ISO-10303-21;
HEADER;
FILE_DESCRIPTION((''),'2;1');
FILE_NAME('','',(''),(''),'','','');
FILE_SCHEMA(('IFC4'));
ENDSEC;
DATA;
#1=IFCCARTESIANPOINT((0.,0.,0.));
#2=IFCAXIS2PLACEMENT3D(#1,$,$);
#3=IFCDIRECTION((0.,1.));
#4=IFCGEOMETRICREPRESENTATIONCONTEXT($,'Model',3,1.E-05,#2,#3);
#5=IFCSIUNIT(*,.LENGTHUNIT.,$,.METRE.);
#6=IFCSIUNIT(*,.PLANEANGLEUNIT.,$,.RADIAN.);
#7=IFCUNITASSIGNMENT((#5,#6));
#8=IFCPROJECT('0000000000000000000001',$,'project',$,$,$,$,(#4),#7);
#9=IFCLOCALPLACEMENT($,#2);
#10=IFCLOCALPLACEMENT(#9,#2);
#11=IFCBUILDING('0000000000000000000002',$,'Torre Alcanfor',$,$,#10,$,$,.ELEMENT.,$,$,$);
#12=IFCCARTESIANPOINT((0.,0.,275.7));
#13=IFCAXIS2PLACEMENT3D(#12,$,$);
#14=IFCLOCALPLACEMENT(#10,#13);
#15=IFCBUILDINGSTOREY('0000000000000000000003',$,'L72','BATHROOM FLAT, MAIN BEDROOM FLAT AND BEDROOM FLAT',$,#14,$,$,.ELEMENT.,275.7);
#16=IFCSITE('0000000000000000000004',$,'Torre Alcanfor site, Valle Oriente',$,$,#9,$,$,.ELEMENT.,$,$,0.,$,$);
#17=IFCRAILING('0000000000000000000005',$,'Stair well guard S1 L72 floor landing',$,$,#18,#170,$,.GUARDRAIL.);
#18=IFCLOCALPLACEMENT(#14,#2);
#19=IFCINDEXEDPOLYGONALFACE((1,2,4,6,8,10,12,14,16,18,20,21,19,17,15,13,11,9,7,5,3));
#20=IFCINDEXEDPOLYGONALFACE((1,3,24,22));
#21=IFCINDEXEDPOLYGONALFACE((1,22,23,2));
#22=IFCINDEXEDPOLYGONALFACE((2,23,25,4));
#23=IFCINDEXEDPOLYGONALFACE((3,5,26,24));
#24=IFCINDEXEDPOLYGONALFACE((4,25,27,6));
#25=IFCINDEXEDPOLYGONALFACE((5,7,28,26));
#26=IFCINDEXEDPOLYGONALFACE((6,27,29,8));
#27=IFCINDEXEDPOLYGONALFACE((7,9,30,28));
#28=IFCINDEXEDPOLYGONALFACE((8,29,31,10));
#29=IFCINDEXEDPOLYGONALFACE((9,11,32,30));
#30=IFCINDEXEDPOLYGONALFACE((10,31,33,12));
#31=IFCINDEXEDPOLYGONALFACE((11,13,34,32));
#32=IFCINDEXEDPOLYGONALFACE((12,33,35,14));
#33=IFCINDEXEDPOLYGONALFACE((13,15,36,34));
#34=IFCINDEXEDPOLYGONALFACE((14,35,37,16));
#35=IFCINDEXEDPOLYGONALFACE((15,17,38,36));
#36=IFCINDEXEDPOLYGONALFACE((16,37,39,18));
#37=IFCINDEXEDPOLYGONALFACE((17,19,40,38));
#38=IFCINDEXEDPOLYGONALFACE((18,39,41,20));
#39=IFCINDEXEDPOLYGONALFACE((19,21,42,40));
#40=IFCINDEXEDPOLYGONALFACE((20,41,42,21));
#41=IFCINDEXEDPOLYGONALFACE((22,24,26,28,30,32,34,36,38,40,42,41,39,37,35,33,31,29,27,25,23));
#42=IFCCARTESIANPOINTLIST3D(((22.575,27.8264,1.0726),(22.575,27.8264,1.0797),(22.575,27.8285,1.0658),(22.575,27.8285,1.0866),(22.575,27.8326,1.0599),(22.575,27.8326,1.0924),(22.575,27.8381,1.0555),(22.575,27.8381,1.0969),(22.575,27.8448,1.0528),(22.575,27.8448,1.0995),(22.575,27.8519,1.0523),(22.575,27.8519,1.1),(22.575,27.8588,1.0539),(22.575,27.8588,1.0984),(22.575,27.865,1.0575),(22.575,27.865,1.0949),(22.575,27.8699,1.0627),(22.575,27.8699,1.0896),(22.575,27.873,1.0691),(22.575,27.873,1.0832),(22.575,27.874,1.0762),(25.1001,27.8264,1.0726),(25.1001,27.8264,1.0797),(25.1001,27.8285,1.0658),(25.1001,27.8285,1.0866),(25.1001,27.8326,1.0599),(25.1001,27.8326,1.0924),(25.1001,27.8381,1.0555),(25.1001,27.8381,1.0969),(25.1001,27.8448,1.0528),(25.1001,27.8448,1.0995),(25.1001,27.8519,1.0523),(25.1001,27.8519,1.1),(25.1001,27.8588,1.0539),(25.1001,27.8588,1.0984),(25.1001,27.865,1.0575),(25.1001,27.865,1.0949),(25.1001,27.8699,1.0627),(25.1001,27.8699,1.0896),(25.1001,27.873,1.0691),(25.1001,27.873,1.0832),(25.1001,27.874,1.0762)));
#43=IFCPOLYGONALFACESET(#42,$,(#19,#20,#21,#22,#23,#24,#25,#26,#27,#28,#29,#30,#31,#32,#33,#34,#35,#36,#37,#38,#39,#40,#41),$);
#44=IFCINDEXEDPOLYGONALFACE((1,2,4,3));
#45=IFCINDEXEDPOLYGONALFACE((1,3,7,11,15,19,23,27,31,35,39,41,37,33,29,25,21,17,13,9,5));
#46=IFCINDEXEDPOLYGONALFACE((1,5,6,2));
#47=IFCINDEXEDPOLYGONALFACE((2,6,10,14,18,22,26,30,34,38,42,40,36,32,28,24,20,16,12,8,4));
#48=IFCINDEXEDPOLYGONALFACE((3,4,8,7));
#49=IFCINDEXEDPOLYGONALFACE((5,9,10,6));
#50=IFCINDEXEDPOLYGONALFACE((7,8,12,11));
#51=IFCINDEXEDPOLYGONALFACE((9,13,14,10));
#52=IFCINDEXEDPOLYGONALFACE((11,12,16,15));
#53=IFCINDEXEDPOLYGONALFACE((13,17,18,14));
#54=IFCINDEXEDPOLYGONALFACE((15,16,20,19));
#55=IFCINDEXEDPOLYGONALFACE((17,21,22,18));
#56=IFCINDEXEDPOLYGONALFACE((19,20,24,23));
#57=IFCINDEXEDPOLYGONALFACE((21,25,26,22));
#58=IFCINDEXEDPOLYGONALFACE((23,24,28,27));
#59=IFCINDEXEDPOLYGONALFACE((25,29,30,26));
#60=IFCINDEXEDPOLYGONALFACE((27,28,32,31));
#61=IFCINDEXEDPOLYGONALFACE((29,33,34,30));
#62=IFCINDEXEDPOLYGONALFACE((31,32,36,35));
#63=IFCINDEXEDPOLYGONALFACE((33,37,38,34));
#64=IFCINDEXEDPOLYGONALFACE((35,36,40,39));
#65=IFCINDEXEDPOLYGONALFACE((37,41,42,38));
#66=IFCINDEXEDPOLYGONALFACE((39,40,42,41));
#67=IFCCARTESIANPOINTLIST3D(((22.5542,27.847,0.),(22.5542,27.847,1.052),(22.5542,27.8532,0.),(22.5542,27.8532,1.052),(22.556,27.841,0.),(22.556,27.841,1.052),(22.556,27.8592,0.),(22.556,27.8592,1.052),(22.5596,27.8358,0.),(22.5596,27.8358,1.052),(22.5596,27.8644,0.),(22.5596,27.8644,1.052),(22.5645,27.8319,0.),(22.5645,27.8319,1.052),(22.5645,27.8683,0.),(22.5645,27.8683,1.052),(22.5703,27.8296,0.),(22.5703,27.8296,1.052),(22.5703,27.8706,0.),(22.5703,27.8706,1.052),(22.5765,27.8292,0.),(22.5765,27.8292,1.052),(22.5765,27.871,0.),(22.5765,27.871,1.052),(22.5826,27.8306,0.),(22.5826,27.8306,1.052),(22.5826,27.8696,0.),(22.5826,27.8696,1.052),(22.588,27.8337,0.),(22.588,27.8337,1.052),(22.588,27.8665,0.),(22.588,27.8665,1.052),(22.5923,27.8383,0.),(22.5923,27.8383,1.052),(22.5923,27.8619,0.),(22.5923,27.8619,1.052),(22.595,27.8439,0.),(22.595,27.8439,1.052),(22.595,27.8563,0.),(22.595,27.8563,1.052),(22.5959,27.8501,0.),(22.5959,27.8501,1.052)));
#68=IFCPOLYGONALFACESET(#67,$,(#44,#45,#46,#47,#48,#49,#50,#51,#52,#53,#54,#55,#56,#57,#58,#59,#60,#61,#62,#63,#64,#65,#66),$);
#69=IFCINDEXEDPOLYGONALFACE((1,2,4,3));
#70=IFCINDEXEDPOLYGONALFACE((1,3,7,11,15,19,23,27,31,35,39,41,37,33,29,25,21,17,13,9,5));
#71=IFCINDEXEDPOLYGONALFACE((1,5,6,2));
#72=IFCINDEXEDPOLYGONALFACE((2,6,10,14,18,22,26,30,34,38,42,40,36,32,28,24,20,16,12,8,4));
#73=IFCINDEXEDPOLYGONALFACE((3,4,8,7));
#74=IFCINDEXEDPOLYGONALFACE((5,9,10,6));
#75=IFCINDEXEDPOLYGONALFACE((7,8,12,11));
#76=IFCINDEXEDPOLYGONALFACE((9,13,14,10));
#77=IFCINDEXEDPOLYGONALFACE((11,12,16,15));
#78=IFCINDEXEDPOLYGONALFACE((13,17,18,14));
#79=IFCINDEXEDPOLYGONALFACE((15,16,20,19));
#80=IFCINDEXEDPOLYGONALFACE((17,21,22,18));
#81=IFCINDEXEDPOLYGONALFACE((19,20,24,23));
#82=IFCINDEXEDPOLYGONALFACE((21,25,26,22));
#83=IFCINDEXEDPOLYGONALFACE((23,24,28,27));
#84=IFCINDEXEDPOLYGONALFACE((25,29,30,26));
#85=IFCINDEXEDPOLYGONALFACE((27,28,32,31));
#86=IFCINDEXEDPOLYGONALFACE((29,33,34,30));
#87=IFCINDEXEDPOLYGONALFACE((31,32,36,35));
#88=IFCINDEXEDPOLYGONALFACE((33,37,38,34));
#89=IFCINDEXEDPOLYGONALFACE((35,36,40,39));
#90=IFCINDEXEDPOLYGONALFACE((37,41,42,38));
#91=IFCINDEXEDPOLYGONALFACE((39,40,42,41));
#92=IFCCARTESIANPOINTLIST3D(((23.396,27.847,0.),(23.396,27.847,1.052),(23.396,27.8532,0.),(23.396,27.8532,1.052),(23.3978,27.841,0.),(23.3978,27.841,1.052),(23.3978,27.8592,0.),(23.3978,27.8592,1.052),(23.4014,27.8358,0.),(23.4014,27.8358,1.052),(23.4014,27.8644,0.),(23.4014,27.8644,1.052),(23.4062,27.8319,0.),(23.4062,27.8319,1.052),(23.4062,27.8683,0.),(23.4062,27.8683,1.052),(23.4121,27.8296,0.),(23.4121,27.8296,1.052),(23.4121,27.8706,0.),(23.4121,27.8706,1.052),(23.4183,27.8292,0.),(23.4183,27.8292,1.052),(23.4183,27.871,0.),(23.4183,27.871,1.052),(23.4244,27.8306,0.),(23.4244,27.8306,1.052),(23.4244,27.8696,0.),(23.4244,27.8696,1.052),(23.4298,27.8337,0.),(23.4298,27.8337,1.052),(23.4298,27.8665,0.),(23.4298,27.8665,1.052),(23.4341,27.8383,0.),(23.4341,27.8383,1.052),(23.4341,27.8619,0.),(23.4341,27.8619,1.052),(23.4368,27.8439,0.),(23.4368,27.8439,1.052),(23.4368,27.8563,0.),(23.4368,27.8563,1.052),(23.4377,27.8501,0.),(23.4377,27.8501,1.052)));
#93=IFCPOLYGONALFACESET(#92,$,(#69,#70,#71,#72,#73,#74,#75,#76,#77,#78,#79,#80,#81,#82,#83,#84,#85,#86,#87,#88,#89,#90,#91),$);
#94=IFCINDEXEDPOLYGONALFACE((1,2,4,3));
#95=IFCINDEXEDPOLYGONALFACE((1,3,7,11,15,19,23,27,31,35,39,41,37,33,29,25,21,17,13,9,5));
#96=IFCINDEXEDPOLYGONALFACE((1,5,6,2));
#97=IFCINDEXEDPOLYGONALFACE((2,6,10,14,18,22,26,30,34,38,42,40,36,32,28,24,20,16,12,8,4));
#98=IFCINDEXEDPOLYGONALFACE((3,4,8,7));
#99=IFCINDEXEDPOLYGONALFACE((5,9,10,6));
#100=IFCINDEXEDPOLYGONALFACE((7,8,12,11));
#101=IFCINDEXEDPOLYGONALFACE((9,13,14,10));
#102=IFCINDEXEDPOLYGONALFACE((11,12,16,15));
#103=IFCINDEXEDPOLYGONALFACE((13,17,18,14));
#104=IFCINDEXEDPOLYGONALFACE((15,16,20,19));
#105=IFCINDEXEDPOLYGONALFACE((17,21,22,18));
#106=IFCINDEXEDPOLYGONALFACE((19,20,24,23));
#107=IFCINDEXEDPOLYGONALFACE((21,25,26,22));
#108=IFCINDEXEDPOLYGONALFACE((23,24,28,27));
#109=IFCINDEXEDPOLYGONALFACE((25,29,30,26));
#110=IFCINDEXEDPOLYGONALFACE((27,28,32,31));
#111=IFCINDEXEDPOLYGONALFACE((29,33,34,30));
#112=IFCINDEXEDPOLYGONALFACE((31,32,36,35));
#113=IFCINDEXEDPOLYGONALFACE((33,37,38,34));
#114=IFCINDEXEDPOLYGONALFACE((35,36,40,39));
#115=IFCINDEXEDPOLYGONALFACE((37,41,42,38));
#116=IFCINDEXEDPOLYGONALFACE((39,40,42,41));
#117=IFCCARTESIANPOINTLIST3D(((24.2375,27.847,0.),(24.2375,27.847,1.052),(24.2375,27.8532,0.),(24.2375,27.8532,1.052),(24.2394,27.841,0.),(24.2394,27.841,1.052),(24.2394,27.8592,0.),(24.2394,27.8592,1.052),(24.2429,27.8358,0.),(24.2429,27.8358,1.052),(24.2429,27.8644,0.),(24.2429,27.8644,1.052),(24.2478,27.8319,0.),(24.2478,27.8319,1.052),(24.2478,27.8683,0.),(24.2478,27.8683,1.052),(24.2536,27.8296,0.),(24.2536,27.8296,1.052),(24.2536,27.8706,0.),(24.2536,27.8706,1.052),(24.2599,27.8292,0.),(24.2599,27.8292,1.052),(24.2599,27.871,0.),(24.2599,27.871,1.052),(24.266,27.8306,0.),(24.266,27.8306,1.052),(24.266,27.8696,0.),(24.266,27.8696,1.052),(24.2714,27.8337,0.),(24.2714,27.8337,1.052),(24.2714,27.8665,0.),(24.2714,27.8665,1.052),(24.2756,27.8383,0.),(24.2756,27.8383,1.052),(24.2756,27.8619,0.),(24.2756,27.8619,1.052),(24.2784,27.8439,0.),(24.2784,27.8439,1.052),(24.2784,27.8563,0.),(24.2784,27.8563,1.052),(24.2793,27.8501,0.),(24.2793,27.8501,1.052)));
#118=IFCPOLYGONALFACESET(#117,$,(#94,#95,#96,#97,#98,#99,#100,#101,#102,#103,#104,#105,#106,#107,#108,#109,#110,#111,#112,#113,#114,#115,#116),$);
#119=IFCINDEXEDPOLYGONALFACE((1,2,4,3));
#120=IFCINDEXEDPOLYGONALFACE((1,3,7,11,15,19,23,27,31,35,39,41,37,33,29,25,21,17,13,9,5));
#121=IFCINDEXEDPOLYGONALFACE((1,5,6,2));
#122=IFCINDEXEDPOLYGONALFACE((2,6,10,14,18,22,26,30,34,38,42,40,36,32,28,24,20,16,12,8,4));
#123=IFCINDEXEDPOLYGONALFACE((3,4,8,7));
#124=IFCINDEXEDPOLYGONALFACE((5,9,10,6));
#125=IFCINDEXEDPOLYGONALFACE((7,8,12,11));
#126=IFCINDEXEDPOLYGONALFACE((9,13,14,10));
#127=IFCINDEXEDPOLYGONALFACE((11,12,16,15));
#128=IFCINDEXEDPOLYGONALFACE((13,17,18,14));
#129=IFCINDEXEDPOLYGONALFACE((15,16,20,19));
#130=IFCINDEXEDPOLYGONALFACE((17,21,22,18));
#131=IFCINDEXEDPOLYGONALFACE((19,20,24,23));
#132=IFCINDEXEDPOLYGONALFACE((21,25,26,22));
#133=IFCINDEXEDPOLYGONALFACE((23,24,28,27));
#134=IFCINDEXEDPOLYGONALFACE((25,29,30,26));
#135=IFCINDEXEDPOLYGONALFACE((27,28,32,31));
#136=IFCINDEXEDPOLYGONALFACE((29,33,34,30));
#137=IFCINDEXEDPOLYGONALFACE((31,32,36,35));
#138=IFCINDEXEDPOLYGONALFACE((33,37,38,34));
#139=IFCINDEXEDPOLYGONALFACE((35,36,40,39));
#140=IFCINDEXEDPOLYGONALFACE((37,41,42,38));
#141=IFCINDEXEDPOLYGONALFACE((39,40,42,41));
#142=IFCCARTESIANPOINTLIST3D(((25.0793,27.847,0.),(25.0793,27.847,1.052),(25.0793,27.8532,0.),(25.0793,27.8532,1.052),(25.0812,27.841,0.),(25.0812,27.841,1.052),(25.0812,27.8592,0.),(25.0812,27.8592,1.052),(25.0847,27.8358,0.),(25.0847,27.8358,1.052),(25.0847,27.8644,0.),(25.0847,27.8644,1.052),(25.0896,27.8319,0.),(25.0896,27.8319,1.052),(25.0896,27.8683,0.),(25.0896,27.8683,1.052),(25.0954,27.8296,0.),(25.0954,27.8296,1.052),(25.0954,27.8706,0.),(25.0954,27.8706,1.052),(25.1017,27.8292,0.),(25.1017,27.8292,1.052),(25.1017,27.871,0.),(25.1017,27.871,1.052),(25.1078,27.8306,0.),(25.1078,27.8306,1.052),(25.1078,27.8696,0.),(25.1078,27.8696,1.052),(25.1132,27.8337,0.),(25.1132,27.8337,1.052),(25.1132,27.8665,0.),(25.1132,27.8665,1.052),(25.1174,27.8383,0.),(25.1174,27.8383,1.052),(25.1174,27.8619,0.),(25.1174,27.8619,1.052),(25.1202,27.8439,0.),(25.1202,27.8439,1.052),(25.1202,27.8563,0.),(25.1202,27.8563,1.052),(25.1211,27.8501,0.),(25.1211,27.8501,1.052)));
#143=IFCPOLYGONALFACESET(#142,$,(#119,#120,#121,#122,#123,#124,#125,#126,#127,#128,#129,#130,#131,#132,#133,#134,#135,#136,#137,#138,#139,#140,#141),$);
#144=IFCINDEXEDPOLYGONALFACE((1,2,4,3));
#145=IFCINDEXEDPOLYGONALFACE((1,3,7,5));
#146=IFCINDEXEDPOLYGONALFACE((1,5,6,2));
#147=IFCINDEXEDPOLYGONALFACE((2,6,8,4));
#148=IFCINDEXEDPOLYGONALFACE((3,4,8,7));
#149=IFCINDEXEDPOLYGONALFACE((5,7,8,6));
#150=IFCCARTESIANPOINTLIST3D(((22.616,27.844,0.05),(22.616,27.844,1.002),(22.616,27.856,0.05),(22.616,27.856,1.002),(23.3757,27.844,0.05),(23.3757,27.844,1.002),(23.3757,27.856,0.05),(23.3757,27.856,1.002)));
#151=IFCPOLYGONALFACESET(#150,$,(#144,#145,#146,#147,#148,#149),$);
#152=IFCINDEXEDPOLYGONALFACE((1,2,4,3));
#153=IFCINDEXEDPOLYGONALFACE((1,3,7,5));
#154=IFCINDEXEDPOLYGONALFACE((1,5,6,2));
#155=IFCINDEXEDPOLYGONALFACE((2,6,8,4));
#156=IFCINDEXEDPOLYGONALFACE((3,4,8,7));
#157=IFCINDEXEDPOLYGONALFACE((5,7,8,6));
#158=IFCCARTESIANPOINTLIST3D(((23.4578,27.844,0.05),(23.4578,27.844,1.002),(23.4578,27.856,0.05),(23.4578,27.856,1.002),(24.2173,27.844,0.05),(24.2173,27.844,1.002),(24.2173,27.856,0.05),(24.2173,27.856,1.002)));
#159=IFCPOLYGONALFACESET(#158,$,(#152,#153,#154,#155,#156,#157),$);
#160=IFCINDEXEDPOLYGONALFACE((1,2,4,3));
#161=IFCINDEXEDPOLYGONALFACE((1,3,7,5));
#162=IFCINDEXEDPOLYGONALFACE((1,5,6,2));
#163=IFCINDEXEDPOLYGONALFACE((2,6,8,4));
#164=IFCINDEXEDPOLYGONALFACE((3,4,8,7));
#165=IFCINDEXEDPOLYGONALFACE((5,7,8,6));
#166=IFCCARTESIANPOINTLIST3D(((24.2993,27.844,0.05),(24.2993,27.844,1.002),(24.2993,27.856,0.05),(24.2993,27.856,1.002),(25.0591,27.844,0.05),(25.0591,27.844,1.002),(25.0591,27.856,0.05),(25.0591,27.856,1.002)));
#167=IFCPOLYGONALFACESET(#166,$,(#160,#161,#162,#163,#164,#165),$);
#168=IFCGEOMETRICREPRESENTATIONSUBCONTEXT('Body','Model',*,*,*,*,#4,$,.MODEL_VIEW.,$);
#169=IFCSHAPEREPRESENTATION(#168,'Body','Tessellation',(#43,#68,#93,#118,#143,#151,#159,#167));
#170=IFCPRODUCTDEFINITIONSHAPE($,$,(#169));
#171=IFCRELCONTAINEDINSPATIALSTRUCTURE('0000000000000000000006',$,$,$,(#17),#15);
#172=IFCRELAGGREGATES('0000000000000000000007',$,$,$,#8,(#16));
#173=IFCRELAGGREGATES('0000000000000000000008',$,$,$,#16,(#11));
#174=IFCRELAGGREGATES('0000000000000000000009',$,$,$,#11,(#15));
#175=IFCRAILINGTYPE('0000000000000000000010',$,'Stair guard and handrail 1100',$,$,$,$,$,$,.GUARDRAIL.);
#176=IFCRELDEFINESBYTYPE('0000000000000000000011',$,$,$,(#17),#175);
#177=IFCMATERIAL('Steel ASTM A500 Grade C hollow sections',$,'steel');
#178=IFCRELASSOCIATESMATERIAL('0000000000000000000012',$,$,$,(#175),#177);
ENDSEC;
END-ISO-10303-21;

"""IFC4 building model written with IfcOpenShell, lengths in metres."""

from ifc_helpers import new_model, si_unit, direction, frame, origin, origin_2d, place, context, subcontext, project, spatial, polyline, circle, outline, extrude, material, type_object, element, save


model = new_model("IFC4")

# Units and contexts
model_context = context("Model", 3, precision=1e-05, world=origin(), true_north=direction((0.0, 1.0)))
body_context = subcontext(model_context, "Body", "Model", "MODEL_VIEW")
ifc_project = project(units=[si_unit("LENGTHUNIT", "METRE"), si_unit("PLANEANGLEUNIT", "RADIAN")], contexts=[model_context])

# Site, building, storey
site_placement = place(None, origin())
site = spatial("IfcSite", under=ifc_project, at=site_placement, Name="Torre Alcanfor site, Valle Oriente", CompositionType="ELEMENT", RefElevation=0.0)
building_placement = place(site_placement, origin())
building = spatial("IfcBuilding", under=site, at=building_placement, Name="Torre Alcanfor", CompositionType="ELEMENT")
storey_placement = place(building_placement, frame((0.0, 0.0, 275.7)))
storey = spatial("IfcBuildingStorey", under=building, at=storey_placement, Name="L72", Description="BATHROOM FLAT, MAIN BEDROOM FLAT AND BEDROOM FLAT", CompositionType="ELEMENT", Elevation=275.7)

# Railing
ifc_material_1 = material(Name="Steel ASTM A500 Grade C hollow sections", Category="steel")
railing_type_1 = type_object("IfcRailingType", Name="Stair guard and handrail 1100", PredefinedType="GUARDRAIL", material=ifc_material_1)
for number, where, name in (
    (1, (22.575, 27.8501, 0.0), "Stair well guard S1 L72 floor landing"),
):
    element("IfcRailing", number, at=place(storey_placement, frame(where)), inside=storey, type_object=railing_type_1, Name=name, PredefinedType="GUARDRAIL", context=body_context, shape_type="SweptSolid", body=[
        extrude(circle(Radius=0.0239, at=origin_2d()), frame((0.0, 0.0, 1.0762), z_axis=(1.0, 0.0, 0.0), x_axis=(0.0, 1.0, 0.0)), (0.0, 0.0, 1.0), 2.5251),
        extrude(circle(Radius=0.021, at=origin_2d()), origin(), (0.0, 0.0, 1.0), 1.052),
        extrude(circle(Radius=0.021, at=origin_2d()), frame((0.8418, 0.0, 0.0)), (0.0, 0.0, 1.0), 1.052),
        extrude(circle(Radius=0.021, at=origin_2d()), frame((1.6833, 0.0, 0.0)), (0.0, 0.0, 1.0), 1.052),
        extrude(circle(Radius=0.021, at=origin_2d()), frame((2.5251, 0.0, 0.0)), (0.0, 0.0, 1.0), 1.052),
        extrude(outline(polyline([(0.041, 0.05), (0.8008, 0.05), (0.8008, 1.002), (0.041, 1.002), (0.041, 0.05)])), frame((0.0, 0.0059, 0.0), z_axis=(0.0, -1.0, 0.0), x_axis=(1.0, 0.0, 0.0)), (0.0, 0.0, 1.0), 0.012),
        extrude(outline(polyline([(0.8828, 0.05), (1.6423, 0.05), (1.6423, 1.002), (0.8828, 1.002), (0.8828, 0.05)])), frame((0.0, 0.0059, 0.0), z_axis=(0.0, -1.0, 0.0), x_axis=(1.0, 0.0, 0.0)), (0.0, 0.0, 1.0), 0.012),
        extrude(outline(polyline([(1.7244, 0.05), (2.4841, 0.05), (2.4841, 1.002), (1.7244, 1.002), (1.7244, 0.05)])), frame((0.0, 0.0059, 0.0), z_axis=(0.0, -1.0, 0.0), x_axis=(1.0, 0.0, 0.0)), (0.0, 0.0, 1.0), 0.012),
    ])

save(model, "model.ifc")
